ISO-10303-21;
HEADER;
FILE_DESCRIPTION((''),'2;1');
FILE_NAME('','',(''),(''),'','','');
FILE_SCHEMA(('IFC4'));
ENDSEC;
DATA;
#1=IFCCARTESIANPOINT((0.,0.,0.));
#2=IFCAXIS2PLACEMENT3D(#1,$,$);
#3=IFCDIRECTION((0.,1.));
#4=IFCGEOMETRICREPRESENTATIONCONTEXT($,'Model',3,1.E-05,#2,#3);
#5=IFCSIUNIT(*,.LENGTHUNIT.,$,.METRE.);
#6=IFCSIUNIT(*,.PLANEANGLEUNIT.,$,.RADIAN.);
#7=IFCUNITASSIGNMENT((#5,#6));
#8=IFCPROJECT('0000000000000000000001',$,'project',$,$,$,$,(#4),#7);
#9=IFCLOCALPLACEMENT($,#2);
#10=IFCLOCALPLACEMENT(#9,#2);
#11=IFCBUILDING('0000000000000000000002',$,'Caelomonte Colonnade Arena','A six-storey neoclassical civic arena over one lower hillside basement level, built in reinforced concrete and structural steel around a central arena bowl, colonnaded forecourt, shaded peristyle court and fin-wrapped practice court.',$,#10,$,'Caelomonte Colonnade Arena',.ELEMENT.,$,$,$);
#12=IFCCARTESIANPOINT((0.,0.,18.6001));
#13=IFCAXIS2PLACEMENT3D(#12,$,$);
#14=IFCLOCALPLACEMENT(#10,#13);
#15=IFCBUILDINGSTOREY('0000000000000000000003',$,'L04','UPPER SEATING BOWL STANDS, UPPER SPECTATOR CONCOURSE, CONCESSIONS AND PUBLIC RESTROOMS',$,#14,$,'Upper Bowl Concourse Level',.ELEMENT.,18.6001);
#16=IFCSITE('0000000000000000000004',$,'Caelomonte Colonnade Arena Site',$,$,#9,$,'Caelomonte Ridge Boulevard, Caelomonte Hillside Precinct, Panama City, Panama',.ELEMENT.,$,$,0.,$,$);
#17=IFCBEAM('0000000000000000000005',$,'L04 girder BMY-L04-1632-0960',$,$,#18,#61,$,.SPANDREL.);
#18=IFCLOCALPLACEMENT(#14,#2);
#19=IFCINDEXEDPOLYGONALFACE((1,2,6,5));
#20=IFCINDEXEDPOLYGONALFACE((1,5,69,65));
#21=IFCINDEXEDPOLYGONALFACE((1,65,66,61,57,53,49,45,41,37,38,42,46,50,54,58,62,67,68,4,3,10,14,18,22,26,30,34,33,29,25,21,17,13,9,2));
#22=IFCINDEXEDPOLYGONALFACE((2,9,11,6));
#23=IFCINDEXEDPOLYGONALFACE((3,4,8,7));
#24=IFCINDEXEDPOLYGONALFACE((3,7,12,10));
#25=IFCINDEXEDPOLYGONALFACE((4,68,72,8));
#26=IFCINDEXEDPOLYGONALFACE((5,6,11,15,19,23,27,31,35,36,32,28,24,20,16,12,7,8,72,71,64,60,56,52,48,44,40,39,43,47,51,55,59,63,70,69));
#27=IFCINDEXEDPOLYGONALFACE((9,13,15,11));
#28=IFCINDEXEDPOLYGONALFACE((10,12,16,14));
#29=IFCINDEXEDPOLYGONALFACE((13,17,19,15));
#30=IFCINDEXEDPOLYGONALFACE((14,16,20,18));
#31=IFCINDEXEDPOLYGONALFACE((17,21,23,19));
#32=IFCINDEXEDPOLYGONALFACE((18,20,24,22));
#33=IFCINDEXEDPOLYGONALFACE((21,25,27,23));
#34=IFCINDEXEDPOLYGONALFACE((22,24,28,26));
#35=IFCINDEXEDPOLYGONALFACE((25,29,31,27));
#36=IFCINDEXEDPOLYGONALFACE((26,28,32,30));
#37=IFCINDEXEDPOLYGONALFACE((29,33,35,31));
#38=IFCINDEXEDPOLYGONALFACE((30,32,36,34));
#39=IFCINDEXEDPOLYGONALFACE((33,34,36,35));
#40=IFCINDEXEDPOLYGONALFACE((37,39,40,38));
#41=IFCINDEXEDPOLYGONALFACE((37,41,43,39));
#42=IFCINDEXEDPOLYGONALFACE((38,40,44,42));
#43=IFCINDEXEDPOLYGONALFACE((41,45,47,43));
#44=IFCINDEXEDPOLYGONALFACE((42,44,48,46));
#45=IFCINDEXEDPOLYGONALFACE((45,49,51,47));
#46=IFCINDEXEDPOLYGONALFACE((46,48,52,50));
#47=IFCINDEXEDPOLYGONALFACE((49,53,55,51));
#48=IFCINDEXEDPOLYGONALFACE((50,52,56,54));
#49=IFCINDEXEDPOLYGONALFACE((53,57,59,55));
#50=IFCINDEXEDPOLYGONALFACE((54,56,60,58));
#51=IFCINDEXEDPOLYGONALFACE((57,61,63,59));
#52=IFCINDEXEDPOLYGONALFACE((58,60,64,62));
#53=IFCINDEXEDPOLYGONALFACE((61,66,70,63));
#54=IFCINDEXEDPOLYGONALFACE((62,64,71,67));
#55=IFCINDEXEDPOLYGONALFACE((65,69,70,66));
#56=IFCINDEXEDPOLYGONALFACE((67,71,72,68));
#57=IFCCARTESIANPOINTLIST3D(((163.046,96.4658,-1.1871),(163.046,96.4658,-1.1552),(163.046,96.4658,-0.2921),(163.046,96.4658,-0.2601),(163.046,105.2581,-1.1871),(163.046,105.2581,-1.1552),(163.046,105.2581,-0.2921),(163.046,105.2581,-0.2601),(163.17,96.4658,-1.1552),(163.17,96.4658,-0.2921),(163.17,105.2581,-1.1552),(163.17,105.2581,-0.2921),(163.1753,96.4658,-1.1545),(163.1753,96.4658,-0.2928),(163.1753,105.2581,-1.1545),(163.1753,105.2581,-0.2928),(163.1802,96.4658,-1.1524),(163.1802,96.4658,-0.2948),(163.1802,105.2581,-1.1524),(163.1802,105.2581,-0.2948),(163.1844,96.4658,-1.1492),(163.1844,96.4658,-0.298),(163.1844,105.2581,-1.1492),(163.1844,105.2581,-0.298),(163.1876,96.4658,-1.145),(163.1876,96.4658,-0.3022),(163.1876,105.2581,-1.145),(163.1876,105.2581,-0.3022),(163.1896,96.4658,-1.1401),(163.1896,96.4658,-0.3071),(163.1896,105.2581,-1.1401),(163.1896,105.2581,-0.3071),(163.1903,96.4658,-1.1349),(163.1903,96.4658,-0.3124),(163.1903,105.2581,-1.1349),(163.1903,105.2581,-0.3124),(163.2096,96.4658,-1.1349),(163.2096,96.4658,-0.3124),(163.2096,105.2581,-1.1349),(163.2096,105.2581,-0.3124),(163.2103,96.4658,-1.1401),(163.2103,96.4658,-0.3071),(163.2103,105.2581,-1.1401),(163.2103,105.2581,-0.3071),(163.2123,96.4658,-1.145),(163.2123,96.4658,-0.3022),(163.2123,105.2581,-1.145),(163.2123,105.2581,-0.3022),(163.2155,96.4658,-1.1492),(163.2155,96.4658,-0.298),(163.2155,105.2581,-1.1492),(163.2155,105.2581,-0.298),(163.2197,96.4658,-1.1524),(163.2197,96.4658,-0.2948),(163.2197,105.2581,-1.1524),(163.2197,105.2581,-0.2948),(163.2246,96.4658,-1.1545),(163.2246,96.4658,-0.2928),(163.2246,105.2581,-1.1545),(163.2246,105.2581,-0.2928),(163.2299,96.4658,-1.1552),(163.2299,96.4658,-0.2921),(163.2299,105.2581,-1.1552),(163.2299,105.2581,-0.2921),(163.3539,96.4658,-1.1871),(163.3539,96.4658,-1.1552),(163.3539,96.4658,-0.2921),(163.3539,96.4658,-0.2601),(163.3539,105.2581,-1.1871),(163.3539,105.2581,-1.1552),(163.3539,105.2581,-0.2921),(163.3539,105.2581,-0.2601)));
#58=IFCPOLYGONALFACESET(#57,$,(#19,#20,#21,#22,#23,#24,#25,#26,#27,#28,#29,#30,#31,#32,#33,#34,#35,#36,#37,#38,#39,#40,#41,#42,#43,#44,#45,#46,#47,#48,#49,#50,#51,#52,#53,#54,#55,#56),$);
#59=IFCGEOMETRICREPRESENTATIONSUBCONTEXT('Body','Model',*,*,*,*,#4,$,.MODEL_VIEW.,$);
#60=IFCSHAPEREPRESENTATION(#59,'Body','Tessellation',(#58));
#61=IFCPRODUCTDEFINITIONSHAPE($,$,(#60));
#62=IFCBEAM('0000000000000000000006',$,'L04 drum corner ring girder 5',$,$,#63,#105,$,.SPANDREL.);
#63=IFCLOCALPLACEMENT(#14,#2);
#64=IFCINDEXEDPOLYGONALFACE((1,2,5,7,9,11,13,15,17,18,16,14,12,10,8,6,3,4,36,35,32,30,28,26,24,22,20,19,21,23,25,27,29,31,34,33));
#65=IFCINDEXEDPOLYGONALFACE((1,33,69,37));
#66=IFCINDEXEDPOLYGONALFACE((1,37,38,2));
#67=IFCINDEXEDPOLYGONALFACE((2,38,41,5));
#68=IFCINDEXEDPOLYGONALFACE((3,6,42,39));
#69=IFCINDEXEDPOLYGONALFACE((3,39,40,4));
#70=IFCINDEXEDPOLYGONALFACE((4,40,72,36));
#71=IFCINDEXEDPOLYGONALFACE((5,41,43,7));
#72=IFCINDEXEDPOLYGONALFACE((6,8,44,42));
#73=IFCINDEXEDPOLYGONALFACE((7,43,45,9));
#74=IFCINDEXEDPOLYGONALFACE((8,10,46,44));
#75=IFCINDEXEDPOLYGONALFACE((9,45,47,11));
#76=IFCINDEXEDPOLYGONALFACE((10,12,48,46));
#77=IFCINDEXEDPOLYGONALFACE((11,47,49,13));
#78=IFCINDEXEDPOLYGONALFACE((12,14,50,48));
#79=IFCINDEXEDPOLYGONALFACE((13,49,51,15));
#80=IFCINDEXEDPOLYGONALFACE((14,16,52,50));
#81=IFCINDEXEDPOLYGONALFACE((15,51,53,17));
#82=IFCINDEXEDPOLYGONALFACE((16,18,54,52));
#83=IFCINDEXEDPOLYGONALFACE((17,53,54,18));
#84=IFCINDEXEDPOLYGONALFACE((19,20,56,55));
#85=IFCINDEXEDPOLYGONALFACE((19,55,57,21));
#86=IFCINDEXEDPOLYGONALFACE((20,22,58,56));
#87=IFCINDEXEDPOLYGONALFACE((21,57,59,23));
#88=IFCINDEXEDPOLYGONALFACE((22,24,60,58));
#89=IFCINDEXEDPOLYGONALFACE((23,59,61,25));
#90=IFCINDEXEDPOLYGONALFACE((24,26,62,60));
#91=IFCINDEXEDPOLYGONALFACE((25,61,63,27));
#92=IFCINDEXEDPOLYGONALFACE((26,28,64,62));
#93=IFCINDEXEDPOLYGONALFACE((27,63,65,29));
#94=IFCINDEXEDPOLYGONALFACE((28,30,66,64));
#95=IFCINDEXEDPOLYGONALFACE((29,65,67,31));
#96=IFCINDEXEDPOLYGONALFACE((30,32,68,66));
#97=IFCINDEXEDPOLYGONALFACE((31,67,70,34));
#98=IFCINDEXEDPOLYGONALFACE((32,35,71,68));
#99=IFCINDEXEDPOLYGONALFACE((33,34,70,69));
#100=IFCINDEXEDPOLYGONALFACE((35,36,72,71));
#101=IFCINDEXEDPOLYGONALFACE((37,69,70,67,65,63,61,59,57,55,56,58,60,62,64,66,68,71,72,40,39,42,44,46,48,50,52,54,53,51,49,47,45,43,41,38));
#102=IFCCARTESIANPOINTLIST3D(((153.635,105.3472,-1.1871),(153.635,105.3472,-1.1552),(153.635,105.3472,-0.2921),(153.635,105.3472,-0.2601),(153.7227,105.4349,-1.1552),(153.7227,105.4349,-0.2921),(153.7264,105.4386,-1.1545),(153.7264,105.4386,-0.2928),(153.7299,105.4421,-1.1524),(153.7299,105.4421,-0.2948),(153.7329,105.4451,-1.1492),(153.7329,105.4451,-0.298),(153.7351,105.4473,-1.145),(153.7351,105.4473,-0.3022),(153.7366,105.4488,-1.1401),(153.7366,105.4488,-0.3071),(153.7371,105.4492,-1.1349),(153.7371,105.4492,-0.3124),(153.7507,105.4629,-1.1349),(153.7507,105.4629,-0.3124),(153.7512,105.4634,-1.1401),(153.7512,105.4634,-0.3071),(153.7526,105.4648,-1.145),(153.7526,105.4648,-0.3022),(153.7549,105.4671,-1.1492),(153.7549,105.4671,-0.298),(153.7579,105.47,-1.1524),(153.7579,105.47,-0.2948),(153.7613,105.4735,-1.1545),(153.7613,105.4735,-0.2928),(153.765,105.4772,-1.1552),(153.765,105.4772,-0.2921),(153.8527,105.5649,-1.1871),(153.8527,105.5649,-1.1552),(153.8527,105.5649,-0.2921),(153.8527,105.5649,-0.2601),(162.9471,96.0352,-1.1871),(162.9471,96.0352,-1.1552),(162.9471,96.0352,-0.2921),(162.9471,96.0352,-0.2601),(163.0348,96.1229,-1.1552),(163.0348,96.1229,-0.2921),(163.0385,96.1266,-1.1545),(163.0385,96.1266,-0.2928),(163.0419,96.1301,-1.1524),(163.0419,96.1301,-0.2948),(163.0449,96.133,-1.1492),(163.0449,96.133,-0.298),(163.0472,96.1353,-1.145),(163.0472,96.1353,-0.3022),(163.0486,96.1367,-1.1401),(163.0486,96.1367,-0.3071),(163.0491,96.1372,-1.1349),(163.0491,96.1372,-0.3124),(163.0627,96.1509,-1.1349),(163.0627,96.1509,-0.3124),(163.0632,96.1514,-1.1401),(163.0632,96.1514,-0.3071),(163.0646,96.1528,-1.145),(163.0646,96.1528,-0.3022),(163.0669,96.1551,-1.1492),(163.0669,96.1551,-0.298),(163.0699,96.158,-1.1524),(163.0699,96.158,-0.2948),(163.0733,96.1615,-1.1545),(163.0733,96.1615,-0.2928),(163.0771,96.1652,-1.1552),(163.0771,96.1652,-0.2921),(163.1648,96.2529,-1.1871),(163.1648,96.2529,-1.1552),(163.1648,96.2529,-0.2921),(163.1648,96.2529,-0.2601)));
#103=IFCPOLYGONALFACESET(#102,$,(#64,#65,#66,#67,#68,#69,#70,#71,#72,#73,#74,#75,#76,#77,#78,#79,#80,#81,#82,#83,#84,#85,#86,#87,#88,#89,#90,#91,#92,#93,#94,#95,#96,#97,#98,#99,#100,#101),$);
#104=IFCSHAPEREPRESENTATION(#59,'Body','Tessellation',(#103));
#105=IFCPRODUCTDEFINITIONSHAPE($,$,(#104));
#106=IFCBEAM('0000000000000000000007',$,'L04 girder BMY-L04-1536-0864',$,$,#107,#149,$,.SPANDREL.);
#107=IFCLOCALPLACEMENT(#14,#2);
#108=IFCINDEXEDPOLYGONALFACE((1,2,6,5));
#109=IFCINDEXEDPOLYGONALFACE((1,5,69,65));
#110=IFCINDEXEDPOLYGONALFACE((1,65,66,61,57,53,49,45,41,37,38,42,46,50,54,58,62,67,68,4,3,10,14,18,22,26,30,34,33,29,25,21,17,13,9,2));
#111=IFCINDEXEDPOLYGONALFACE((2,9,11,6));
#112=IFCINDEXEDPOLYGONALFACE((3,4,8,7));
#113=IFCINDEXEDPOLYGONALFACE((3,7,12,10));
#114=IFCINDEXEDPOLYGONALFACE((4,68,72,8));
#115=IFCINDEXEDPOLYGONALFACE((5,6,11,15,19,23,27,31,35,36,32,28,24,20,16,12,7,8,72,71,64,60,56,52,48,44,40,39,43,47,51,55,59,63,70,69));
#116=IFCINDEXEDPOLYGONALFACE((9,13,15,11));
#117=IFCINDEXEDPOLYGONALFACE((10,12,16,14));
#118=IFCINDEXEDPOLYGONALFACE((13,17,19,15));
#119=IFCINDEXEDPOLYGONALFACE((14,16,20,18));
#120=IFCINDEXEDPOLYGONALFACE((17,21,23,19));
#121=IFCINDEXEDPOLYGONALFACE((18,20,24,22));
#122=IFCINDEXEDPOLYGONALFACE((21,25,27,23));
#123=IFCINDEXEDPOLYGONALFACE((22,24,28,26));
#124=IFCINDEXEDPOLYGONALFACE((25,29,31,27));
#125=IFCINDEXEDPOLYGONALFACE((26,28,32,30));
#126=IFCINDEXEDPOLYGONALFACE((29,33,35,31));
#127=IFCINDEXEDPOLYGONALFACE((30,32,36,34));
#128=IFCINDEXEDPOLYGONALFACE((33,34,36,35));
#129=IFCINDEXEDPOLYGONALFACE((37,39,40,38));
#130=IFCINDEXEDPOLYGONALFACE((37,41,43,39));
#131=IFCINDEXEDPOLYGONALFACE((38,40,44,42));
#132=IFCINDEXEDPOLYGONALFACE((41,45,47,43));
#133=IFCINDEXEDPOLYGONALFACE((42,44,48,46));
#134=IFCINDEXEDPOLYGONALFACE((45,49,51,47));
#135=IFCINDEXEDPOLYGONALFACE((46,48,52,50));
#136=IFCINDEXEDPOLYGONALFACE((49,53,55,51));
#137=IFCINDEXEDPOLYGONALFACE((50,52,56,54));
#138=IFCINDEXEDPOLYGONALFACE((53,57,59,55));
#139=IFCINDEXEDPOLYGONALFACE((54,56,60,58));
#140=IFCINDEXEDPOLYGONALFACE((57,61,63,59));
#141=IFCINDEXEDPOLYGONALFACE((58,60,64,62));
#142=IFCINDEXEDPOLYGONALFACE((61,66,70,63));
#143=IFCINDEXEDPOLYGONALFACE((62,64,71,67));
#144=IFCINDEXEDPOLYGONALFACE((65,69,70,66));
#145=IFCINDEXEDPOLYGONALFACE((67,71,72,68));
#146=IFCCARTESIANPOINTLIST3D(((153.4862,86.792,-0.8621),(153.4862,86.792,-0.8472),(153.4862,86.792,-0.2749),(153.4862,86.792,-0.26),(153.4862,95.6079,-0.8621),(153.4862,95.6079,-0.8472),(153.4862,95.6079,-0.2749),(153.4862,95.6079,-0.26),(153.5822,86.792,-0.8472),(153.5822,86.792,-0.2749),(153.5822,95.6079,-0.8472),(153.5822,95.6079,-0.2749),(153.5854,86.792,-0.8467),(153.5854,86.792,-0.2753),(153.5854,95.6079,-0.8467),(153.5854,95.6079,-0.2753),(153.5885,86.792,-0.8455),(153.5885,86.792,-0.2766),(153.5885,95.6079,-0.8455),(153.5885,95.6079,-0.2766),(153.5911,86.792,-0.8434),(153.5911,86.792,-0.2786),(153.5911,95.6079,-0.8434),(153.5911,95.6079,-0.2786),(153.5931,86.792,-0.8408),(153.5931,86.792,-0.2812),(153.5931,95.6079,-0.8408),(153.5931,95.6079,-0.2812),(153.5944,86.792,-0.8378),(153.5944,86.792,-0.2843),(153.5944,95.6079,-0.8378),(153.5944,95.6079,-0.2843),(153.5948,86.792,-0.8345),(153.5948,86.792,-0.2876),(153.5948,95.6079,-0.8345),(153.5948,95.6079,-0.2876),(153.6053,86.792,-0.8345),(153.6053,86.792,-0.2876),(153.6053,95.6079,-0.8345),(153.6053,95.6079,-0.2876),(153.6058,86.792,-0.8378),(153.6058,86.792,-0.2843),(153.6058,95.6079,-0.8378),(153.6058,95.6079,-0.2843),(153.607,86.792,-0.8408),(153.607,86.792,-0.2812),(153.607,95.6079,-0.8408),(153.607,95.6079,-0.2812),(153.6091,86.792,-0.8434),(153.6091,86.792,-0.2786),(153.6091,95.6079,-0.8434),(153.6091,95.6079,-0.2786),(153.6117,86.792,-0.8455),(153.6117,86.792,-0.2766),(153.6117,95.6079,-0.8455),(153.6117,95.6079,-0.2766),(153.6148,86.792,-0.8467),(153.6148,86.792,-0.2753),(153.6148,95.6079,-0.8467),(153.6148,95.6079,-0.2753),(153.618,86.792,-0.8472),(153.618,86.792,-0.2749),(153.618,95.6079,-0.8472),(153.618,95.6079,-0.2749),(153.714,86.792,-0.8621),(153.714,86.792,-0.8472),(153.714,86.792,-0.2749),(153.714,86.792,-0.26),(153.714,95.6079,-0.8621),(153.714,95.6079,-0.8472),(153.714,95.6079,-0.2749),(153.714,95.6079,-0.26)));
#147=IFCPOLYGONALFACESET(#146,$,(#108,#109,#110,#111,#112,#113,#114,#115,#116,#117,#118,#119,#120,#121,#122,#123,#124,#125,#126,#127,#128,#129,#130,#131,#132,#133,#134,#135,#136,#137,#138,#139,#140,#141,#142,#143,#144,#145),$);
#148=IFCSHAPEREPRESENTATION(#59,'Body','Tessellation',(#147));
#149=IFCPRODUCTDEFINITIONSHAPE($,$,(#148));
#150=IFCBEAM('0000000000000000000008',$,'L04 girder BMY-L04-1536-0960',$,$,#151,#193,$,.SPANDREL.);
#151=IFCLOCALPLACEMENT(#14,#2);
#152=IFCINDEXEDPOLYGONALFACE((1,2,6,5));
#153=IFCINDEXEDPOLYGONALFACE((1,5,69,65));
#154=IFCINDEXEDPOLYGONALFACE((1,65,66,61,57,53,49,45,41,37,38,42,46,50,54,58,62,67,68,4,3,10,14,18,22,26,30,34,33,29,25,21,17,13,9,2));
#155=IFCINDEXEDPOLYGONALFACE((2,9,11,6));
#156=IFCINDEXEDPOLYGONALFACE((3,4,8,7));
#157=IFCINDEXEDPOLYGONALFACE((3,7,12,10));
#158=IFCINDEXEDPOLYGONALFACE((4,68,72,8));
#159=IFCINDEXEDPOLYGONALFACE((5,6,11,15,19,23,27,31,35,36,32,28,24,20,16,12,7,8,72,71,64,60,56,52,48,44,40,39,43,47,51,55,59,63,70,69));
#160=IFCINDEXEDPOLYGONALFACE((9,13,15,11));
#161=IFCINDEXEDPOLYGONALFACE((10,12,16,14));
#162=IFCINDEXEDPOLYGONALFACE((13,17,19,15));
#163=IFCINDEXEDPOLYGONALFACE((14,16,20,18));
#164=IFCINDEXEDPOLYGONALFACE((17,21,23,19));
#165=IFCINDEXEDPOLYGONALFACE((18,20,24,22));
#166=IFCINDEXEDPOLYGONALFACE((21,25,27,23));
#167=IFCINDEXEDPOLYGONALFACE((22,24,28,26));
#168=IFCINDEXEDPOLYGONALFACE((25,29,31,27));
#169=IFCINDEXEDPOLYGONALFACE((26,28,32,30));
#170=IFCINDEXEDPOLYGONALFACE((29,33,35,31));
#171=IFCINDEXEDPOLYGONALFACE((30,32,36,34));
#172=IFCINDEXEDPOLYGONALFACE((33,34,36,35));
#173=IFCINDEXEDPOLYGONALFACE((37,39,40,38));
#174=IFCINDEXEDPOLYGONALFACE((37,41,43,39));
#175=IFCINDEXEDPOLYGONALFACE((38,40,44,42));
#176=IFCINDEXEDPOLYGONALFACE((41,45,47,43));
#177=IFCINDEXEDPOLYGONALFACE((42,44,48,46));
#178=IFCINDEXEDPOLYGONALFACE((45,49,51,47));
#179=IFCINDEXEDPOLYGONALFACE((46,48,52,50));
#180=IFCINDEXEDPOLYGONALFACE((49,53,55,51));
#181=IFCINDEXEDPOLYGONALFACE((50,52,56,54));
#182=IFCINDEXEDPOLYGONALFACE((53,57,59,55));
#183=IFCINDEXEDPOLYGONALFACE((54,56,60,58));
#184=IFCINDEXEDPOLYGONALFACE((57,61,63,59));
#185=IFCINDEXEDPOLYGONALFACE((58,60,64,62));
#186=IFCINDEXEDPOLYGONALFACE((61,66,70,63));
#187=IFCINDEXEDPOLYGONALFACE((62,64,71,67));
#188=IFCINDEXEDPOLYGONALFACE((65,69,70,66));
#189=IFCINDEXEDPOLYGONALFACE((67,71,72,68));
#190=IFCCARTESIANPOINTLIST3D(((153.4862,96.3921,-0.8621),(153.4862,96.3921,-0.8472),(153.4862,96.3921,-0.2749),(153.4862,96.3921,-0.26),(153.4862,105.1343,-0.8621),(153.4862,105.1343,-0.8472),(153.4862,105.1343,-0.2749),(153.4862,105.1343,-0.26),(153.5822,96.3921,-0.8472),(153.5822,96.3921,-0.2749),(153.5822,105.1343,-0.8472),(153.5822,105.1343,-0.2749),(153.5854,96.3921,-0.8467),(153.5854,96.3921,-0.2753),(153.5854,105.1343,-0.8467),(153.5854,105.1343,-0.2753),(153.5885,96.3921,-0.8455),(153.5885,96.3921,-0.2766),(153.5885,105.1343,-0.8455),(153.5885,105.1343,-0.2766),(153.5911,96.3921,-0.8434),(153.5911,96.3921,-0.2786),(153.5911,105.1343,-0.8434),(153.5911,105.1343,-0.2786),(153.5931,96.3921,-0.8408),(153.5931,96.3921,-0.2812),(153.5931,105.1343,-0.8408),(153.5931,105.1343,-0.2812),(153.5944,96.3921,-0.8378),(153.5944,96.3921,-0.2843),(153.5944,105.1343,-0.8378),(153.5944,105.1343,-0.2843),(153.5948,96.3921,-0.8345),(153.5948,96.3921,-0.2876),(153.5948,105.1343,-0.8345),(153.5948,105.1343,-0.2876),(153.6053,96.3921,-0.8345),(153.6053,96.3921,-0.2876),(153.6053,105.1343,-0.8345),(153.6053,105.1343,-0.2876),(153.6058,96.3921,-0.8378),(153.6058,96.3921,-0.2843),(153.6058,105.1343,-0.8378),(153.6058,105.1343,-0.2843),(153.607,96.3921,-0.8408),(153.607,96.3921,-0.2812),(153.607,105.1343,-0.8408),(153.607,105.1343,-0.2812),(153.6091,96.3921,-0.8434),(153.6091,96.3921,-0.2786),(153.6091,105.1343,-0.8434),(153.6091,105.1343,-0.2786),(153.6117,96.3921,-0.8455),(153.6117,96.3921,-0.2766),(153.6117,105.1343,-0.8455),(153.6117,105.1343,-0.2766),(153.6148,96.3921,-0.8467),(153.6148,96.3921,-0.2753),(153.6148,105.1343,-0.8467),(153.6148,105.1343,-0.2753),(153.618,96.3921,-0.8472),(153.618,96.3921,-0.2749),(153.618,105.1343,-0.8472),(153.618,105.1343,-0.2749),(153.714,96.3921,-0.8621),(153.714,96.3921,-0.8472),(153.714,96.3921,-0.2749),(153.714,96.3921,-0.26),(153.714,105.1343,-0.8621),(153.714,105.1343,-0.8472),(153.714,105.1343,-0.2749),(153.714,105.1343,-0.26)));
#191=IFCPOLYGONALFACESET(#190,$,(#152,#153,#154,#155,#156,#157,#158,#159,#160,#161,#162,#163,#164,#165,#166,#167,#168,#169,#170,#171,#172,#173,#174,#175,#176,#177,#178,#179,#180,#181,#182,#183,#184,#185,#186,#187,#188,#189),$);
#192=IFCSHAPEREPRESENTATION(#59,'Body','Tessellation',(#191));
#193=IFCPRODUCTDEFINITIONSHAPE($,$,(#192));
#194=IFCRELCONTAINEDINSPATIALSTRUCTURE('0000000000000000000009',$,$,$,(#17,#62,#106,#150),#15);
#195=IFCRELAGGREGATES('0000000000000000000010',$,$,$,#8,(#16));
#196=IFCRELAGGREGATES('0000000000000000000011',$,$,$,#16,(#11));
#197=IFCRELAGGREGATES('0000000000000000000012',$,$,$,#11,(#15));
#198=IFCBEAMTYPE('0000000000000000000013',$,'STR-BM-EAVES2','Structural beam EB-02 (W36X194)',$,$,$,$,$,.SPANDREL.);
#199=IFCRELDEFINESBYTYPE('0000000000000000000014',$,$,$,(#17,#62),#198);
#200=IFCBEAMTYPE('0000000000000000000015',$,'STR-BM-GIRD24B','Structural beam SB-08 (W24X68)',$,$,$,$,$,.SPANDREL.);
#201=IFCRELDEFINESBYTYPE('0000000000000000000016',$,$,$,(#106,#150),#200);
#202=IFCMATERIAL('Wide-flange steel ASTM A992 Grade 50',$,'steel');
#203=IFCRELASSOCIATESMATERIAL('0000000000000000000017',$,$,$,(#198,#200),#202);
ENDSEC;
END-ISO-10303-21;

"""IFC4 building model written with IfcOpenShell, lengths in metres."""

from ifc_helpers import new_model, si_unit, direction, frame, origin, origin_2d, place, context, subcontext, project, spatial, i_section, extrude, material, material_profile, profile_set, type_object, element, save


model = new_model("IFC4")

# Units and contexts
model_context = context("Model", 3, precision=1e-05, world=origin(), true_north=direction((0.0, 1.0)))
body_context = subcontext(model_context, "Body", "Model", "MODEL_VIEW")
ifc_project = project(units=[si_unit("LENGTHUNIT", "METRE"), si_unit("PLANEANGLEUNIT", "RADIAN")], contexts=[model_context])

# Site, building, storey
site_placement = place(None, origin())
site = spatial("IfcSite", under=ifc_project, at=site_placement, Name="Caelomonte Colonnade Arena Site", LongName="Caelomonte Ridge Boulevard, Caelomonte Hillside Precinct, Panama City, Panama", CompositionType="ELEMENT", RefElevation=0.0)
building_placement = place(site_placement, origin())
building = spatial("IfcBuilding", under=site, at=building_placement, Name="Caelomonte Colonnade Arena", Description="A six-storey neoclassical civic arena over one lower hillside basement level, built in reinforced concrete and structural steel around a central arena bowl, colonnaded forecourt, shaded peristyle court and fin-wrapped practice court.", LongName="Caelomonte Colonnade Arena", CompositionType="ELEMENT")
storey_placement = place(building_placement, frame((0.0, 0.0, 18.6001)))
storey = spatial("IfcBuildingStorey", under=building, at=storey_placement, Name="L04", Description="UPPER SEATING BOWL STANDS, UPPER SPECTATOR CONCOURSE, CONCESSIONS AND PUBLIC RESTROOMS", LongName="Upper Bowl Concourse Level", CompositionType="ELEMENT", Elevation=18.6001)

# Shared definitions
ifc_material_1 = material(Name="Wide-flange steel ASTM A992 Grade 50", Category="steel")

# Beams
ifc_material_profile_1 = material_profile(ifc_material_1, i_section(OverallWidth=0.3079, OverallDepth=0.927, WebThickness=0.0193, FlangeThickness=0.032, FilletRadius=0.0203, at=origin_2d()), Name="W36X194")
ifc_profile_set_1 = profile_set([ifc_material_profile_1], Name="Wide-flange steel ASTM A992 Grade 50")
beam_type_1 = type_object("IfcBeamType", Name="STR-BM-EAVES2", Description="Structural beam EB-02 (W36X194)", PredefinedType="SPANDREL", material=ifc_profile_set_1)
beam_1_placement = place(storey_placement, frame((163.2, 96.4658, -0.7236), z_axis=(0.0, 1.0, 0.0), x_axis=(-1.0, 0.0, 0.0)))
element("IfcBeam", 1, at=beam_1_placement, inside=storey, type_object=beam_type_1, Name="L04 girder BMY-L04-1632-0960", PredefinedType="SPANDREL", context=body_context, shape_type="SweptSolid", body=[
    extrude(i_section(OverallWidth=0.3079, OverallDepth=0.927, WebThickness=0.0193, FlangeThickness=0.032, FilletRadius=0.0203, at=origin_2d()), origin(), (0.0, 0.0, 1.0), 8.7922),
])
beam_2_placement = place(storey_placement, frame((163.0559, 96.144, -0.7236), z_axis=(-0.707107, 0.707107, 0.0), x_axis=(-0.707107, -0.707107, 0.0)))
element("IfcBeam", 2, at=beam_2_placement, inside=storey, type_object=beam_type_1, Name="L04 drum corner ring girder 5", PredefinedType="SPANDREL", context=body_context, shape_type="SweptSolid", body=[
    extrude(i_section(OverallWidth=0.3079, OverallDepth=0.927, WebThickness=0.0193, FlangeThickness=0.032, FilletRadius=0.0203, at=origin_2d()), origin(), (0.0, 0.0, 1.0), 13.1692),
])
ifc_material_profile_2 = material_profile(ifc_material_1, i_section(OverallWidth=0.2278, OverallDepth=0.6021, WebThickness=0.0105, FlangeThickness=0.0149, FilletRadius=0.0127, at=origin_2d()), Name="W24X68")
ifc_profile_set_2 = profile_set([ifc_material_profile_2], Name="Wide-flange steel ASTM A992 Grade 50")
beam_type_2 = type_object("IfcBeamType", Name="STR-BM-GIRD24B", Description="Structural beam SB-08 (W24X68)", PredefinedType="SPANDREL", material=ifc_profile_set_2)
beam_3_placement = place(storey_placement, frame((153.6001, 86.792, -0.561), z_axis=(0.0, 1.0, 0.0), x_axis=(-1.0, 0.0, 0.0)))
element("IfcBeam", 3, at=beam_3_placement, inside=storey, type_object=beam_type_2, Name="L04 girder BMY-L04-1536-0864", PredefinedType="SPANDREL", context=body_context, shape_type="SweptSolid", body=[
    extrude(i_section(OverallWidth=0.2278, OverallDepth=0.6021, WebThickness=0.0105, FlangeThickness=0.0149, FilletRadius=0.0127, at=origin_2d()), origin(), (0.0, 0.0, 1.0), 8.8159),
])
beam_4_placement = place(storey_placement, frame((153.6001, 96.3921, -0.561), z_axis=(0.0, 1.0, 0.0), x_axis=(-1.0, 0.0, 0.0)))
element("IfcBeam", 4, at=beam_4_placement, inside=storey, type_object=beam_type_2, Name="L04 girder BMY-L04-1536-0960", PredefinedType="SPANDREL", context=body_context, shape_type="SweptSolid", body=[
    extrude(i_section(OverallWidth=0.2278, OverallDepth=0.6021, WebThickness=0.0105, FlangeThickness=0.0149, FilletRadius=0.0127, at=origin_2d()), origin(), (0.0, 0.0, 1.0), 8.7422),
])

save(model, "model.ifc")
